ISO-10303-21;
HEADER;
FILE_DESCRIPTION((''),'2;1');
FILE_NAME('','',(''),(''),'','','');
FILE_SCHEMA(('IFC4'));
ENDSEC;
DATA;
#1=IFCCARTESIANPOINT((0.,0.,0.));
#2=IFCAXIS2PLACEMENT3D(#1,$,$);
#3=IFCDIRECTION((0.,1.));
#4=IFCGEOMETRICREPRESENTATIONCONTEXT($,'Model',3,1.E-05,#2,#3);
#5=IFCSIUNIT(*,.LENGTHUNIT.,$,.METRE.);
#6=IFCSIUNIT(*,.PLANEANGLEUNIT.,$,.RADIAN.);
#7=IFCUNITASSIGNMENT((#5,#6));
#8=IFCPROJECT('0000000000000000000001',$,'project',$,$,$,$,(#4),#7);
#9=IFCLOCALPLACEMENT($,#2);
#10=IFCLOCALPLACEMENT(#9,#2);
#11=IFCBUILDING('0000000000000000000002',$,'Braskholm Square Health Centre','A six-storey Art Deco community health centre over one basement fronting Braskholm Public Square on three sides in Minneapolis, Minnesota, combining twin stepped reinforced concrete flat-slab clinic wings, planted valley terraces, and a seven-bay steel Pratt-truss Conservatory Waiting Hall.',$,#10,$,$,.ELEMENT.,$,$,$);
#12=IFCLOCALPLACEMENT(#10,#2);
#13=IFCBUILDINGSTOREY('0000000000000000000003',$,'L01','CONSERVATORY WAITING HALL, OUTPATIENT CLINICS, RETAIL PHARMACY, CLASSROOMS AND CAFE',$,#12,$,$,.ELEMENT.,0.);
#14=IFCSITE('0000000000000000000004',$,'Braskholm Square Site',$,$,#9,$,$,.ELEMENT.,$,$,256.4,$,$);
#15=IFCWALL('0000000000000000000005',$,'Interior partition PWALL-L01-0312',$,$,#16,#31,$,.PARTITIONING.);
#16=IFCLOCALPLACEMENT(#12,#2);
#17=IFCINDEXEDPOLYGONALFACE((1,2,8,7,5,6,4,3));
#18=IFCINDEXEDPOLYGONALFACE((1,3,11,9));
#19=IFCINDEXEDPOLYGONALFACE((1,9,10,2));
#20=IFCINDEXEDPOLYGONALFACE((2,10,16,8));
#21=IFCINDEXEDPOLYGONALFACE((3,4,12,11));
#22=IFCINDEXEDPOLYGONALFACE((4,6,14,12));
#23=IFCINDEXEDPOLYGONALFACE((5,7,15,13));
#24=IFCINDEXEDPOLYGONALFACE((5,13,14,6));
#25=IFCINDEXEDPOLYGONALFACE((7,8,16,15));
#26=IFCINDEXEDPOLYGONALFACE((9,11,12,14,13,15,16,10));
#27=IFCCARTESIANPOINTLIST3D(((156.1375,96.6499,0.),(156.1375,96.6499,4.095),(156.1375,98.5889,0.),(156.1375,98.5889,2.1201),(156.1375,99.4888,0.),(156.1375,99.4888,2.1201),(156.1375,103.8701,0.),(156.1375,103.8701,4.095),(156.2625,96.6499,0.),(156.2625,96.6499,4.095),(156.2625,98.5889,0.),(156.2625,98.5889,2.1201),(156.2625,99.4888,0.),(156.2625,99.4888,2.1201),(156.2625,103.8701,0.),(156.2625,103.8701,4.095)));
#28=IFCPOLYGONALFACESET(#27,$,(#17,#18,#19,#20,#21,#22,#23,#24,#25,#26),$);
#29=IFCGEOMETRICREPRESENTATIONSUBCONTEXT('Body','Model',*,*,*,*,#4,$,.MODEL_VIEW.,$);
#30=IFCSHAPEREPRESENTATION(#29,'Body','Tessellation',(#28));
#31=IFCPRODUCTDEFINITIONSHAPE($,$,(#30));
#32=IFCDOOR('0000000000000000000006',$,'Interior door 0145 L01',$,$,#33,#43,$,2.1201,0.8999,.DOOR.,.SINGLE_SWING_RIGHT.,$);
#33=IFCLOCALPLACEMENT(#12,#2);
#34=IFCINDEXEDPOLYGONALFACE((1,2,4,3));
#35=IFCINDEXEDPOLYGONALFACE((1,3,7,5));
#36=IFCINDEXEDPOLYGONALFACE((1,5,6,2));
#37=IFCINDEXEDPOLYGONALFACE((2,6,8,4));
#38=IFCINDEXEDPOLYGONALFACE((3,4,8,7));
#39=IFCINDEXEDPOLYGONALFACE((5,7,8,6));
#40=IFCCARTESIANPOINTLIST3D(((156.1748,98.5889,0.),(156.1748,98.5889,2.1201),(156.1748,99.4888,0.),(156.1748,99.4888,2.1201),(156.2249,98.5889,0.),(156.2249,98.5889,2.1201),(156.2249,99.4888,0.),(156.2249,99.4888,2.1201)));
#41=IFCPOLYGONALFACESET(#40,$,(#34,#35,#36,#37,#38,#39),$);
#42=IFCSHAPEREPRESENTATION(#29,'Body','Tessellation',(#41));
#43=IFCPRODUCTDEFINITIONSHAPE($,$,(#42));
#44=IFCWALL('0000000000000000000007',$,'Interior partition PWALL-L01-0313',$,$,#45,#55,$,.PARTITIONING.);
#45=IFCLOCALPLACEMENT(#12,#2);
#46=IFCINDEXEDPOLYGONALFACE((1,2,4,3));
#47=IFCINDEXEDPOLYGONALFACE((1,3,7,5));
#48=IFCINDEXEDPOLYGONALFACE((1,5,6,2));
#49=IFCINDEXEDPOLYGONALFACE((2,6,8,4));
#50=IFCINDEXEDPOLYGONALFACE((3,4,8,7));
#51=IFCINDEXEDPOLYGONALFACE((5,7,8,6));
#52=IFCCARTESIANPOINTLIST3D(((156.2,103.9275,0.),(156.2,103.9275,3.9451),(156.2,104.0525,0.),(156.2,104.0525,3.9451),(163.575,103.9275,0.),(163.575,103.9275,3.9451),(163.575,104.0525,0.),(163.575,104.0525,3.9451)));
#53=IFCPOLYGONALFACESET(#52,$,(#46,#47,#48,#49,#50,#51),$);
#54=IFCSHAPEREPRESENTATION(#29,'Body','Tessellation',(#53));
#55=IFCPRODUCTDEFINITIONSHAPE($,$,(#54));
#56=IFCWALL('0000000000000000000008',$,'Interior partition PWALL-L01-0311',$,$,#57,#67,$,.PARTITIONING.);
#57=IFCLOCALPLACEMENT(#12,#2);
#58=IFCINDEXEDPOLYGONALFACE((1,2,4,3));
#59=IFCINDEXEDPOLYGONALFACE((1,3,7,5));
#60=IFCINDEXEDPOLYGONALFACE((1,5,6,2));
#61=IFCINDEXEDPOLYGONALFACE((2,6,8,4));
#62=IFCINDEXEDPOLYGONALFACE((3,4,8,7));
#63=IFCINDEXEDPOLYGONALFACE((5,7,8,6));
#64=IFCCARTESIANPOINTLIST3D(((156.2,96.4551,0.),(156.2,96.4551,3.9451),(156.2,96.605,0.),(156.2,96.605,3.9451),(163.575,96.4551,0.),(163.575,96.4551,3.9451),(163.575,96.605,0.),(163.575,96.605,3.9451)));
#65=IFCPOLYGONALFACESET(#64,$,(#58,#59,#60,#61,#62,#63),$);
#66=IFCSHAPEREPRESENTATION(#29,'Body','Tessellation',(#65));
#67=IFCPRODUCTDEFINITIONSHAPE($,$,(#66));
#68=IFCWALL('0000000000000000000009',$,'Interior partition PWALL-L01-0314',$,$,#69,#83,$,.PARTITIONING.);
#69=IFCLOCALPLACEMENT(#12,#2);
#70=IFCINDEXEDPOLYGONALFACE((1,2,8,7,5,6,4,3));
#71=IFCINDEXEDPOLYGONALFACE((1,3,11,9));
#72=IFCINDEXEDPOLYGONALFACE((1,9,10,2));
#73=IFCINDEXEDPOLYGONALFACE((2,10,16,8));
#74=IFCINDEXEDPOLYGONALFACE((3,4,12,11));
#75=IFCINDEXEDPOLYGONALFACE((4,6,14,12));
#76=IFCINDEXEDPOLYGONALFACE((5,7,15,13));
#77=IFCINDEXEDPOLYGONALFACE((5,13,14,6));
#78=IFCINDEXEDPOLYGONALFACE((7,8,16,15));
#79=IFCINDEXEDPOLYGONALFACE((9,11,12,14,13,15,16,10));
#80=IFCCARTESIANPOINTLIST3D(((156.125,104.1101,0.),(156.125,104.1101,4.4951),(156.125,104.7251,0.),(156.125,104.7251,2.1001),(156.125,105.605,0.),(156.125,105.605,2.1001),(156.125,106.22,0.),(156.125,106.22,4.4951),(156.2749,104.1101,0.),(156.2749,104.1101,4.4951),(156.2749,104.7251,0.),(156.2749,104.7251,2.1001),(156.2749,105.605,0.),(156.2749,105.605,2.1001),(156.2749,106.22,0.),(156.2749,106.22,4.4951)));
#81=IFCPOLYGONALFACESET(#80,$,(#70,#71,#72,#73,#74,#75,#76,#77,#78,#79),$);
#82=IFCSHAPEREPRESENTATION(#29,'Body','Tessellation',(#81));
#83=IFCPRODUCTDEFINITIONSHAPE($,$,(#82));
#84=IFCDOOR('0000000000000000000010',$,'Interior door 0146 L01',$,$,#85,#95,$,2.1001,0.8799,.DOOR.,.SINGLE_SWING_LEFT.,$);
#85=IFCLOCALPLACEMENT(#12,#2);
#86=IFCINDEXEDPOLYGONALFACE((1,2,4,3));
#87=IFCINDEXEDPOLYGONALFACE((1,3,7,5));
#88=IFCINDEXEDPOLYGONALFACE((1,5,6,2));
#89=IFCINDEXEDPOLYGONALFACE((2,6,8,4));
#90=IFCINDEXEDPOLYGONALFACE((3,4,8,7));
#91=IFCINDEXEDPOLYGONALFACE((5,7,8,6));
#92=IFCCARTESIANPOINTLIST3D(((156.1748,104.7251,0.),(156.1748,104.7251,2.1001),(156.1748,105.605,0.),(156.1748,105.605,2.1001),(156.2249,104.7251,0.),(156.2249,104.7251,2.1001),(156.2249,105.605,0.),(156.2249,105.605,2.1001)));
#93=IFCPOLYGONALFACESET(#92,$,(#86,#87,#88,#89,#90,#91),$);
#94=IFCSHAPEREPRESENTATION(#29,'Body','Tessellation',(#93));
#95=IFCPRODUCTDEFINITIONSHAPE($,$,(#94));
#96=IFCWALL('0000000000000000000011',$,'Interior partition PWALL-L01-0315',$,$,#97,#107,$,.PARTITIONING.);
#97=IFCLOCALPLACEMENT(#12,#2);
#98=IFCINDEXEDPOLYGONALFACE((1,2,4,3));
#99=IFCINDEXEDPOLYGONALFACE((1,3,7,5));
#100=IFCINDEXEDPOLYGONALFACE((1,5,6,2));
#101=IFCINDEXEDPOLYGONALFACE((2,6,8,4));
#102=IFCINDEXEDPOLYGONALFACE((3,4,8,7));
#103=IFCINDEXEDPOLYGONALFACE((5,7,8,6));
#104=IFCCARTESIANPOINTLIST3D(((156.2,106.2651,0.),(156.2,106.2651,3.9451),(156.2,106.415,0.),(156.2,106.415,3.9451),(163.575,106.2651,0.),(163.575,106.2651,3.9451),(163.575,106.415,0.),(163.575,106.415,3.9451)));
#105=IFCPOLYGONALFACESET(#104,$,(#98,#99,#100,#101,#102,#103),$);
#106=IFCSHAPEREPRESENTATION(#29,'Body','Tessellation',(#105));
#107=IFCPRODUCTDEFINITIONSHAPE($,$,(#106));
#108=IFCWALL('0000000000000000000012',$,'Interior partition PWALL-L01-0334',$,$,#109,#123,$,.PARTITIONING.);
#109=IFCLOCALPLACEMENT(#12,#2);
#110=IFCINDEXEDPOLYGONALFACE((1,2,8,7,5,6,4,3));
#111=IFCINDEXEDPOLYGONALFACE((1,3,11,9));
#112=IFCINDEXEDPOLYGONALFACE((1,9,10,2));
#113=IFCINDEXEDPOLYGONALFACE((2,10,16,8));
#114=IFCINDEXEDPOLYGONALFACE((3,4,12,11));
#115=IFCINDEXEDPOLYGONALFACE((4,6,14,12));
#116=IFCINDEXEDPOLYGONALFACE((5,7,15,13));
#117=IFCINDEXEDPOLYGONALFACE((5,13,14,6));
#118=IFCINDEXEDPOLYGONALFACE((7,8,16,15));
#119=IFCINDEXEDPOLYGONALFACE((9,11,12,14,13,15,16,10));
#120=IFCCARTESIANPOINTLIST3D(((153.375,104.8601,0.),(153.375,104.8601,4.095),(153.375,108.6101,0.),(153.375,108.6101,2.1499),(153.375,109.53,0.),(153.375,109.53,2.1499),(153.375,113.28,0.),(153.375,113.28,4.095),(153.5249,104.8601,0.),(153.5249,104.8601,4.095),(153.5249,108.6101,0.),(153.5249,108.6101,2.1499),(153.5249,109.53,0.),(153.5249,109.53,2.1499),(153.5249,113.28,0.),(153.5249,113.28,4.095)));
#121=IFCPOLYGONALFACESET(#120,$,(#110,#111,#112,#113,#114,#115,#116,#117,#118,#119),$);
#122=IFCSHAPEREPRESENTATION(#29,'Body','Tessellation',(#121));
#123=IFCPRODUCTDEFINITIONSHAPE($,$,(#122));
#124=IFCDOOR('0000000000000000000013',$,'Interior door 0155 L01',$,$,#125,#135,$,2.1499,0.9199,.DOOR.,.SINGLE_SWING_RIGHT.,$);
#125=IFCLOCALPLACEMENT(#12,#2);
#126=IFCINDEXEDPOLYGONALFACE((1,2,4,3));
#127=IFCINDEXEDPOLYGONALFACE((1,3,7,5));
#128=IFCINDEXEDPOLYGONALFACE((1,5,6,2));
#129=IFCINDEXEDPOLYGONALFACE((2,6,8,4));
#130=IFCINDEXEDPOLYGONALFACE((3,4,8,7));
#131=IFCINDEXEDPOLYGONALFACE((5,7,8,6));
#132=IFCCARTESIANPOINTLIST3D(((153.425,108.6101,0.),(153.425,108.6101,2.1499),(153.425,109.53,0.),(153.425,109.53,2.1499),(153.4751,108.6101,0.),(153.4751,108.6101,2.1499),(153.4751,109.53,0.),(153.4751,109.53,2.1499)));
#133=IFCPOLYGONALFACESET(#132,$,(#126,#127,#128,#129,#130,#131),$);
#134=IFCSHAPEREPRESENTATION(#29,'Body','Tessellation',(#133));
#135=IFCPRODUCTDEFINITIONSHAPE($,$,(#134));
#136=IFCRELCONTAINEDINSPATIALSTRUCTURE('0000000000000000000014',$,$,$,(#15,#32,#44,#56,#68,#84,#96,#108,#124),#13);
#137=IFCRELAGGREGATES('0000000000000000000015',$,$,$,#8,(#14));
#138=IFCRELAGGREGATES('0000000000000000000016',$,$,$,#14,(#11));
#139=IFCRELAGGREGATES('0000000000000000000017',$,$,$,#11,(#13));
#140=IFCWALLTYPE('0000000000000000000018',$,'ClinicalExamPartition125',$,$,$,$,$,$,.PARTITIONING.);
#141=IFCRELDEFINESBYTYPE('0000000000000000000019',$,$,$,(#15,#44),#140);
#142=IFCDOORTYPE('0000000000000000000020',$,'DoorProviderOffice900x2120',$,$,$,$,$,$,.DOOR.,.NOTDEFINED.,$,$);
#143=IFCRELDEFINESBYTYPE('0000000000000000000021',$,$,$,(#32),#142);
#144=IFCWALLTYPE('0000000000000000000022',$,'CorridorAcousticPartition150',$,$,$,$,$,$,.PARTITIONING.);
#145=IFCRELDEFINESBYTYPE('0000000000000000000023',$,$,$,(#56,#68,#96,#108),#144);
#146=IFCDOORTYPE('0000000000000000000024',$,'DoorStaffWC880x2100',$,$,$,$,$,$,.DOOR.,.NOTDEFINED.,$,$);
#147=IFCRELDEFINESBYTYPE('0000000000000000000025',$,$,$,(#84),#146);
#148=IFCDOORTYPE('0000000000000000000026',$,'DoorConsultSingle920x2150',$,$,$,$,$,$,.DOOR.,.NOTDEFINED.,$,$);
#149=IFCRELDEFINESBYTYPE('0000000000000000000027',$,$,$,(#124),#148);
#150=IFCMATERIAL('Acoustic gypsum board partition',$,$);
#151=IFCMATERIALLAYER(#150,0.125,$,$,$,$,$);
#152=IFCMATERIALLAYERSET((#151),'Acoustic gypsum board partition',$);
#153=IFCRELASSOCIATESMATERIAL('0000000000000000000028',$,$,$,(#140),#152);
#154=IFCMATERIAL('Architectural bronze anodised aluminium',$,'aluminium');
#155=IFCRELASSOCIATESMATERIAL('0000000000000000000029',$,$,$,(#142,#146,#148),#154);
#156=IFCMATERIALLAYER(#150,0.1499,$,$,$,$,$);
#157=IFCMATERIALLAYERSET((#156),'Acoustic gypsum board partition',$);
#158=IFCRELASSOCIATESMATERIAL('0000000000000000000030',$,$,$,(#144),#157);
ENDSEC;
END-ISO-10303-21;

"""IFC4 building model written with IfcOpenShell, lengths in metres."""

from ifc_helpers import new_model, si_unit, direction, frame, frame_2d, origin, origin_with_axes, place, context, subcontext, project, spatial, rectangle, extrude, material, layer, layer_set, type_object, element, fill, save


model = new_model("IFC4")

# Units and contexts
model_context = context("Model", 3, precision=1e-05, world=origin(), true_north=direction((0.0, 1.0)))
body_context = subcontext(model_context, "Body", "Model", "MODEL_VIEW")
ifc_project = project(units=[si_unit("LENGTHUNIT", "METRE"), si_unit("PLANEANGLEUNIT", "RADIAN")], contexts=[model_context])

# Site, building, storey
site_placement = place(None, origin())
site = spatial("IfcSite", under=ifc_project, at=site_placement, Name="Braskholm Square Site", CompositionType="ELEMENT", RefElevation=256.4)
building_placement = place(site_placement, origin())
building = spatial("IfcBuilding", under=site, at=building_placement, Name="Braskholm Square Health Centre", Description="A six-storey Art Deco community health centre over one basement fronting Braskholm Public Square on three sides in Minneapolis, Minnesota, combining twin stepped reinforced concrete flat-slab clinic wings, planted valley terraces, and a seven-bay steel Pratt-truss Conservatory Waiting Hall.", CompositionType="ELEMENT")
storey_placement = place(building_placement, origin())
storey = spatial("IfcBuildingStorey", under=building, at=storey_placement, Name="L01", Description="CONSERVATORY WAITING HALL, OUTPATIENT CLINICS, RETAIL PHARMACY, CLASSROOMS AND CAFE", CompositionType="ELEMENT", Elevation=0.0)

# Wall, opening, door
ifc_material_1 = material(Name="Acoustic gypsum board partition")
ifc_layer_1 = layer(ifc_material_1, 0.125)
ifc_layer_set_1 = layer_set([ifc_layer_1], Name="Acoustic gypsum board partition")
wall_type_1 = type_object("IfcWallType", Name="ClinicalExamPartition125", PredefinedType="PARTITIONING", material=ifc_layer_set_1)
wall_1_placement = place(storey_placement, frame((156.2, 96.6499, 0.0), z_axis=(0.0, 0.0, 1.0), x_axis=(0.0, 1.0, 0.0)))
wall_1 = element("IfcWall", 1, at=wall_1_placement, inside=storey, type_object=wall_type_1, Name="Interior partition PWALL-L01-0312", PredefinedType="PARTITIONING", context=body_context, shape_type="SweptSolid", body=[
    extrude(rectangle(XDim=7.2202, YDim=0.125, at=frame_2d((3.6101, 0.0))), origin(), (0.0, 0.0, 1.0), 4.095),
])
opening_1_placement = place(wall_1_placement, frame((1.939, 0.0, 0.0)))
opening_1 = element("IfcOpeningElement", 2, at=opening_1_placement, cuts=wall_1, PredefinedType="OPENING", context=body_context, shape_type="SweptSolid", body=[
    extrude(rectangle(XDim=0.8999, YDim=2.1201, at=frame_2d((0.45, 1.0601))), frame((0.0, 0.0725, 0.0), z_axis=(0.0, -1.0, 0.0), x_axis=(1.0, 0.0, 0.0)), (0.0, 0.0, 1.0), 0.145),
])
ifc_material_2 = material(Name="Architectural bronze anodised aluminium", Category="aluminium")
door_type_1 = type_object("IfcDoorType", Name="DoorProviderOffice900x2120", OperationType="NOTDEFINED", PredefinedType="DOOR", material=ifc_material_2)
door_1_placement = place(opening_1_placement, frame((0.8999, 0.0, 0.0), z_axis=(0.0, 0.0, 1.0), x_axis=(-1.0, 0.0, 0.0)))
door_1 = element("IfcDoor", 3, at=door_1_placement, inside=storey, type_object=door_type_1, Name="Interior door 0145 L01", OperationType="SINGLE_SWING_RIGHT", OverallHeight=2.1201, OverallWidth=0.8999, PredefinedType="DOOR", context=body_context, shape_type="SweptSolid", body=[
    extrude(rectangle(XDim=0.8999, YDim=2.1201, at=frame_2d((0.45, 1.0601))), frame((0.0, 0.0249, 0.0), z_axis=(0.0, -1.0, 0.0), x_axis=(1.0, 0.0, 0.0)), (0.0, 0.0, 1.0), 0.05),
])
fill(opening_1, door_1)

# Walls
wall_2_placement = place(storey_placement, frame((156.2, 103.99, 0.0), z_axis=(0.0, 0.0, 1.0), x_axis=(1.0, 0.0, 0.0)))
element("IfcWall", 4, at=wall_2_placement, inside=storey, type_object=wall_type_1, Name="Interior partition PWALL-L01-0313", PredefinedType="PARTITIONING", context=body_context, shape_type="SweptSolid", body=[
    extrude(rectangle(XDim=7.375, YDim=0.125, at=frame_2d((3.6875, 0.0))), origin(), (0.0, 0.0, 1.0), 3.9451),
])
ifc_layer_2 = layer(ifc_material_1, 0.1499)
ifc_layer_set_2 = layer_set([ifc_layer_2], Name="Acoustic gypsum board partition")
wall_type_2 = type_object("IfcWallType", Name="CorridorAcousticPartition150", PredefinedType="PARTITIONING", material=ifc_layer_set_2)
wall_3_placement = place(storey_placement, frame((156.2, 96.53, 0.0), z_axis=(0.0, 0.0, 1.0), x_axis=(1.0, 0.0, 0.0)))
element("IfcWall", 5, at=wall_3_placement, inside=storey, type_object=wall_type_2, Name="Interior partition PWALL-L01-0311", PredefinedType="PARTITIONING", context=body_context, shape_type="SweptSolid", body=[
    extrude(rectangle(XDim=7.375, YDim=0.1499, at=frame_2d((3.6875, 0.0))), origin(), (0.0, 0.0, 1.0), 3.9451),
])

# Wall, opening, door
wall_4_placement = place(storey_placement, frame((156.2, 104.1101, 0.0), z_axis=(0.0, 0.0, 1.0), x_axis=(0.0, 1.0, 0.0)))
wall_4 = element("IfcWall", 6, at=wall_4_placement, inside=storey, type_object=wall_type_2, Name="Interior partition PWALL-L01-0314", PredefinedType="PARTITIONING", context=body_context, shape_type="SweptSolid", body=[
    extrude(rectangle(XDim=2.1099, YDim=0.1499, at=frame_2d((1.0549, 0.0))), origin(), (0.0, 0.0, 1.0), 4.4951),
])
opening_2_placement = place(wall_4_placement, frame((0.615, 0.0, 0.0)))
opening_2 = element("IfcOpeningElement", 7, at=opening_2_placement, cuts=wall_4, PredefinedType="OPENING", context=body_context, shape_type="SweptSolid", body=[
    extrude(rectangle(XDim=0.8799, YDim=2.1001, at=frame_2d((0.4399, 1.05))), frame((0.0, 0.085, 0.0), z_axis=(0.0, -1.0, 0.0), x_axis=(1.0, 0.0, 0.0)), (0.0, 0.0, 1.0), 0.1699),
])
door_type_2 = type_object("IfcDoorType", Name="DoorStaffWC880x2100", OperationType="NOTDEFINED", PredefinedType="DOOR", material=ifc_material_2)
door_2_placement = place(opening_2_placement, frame((0.8799, 0.0, 0.0), z_axis=(0.0, 0.0, 1.0), x_axis=(-1.0, 0.0, 0.0)))
door_2 = element("IfcDoor", 8, at=door_2_placement, inside=storey, type_object=door_type_2, Name="Interior door 0146 L01", OperationType="SINGLE_SWING_LEFT", OverallHeight=2.1001, OverallWidth=0.8799, PredefinedType="DOOR", context=body_context, shape_type="SweptSolid", body=[
    extrude(rectangle(XDim=0.8799, YDim=2.1001, at=frame_2d((0.4399, 1.05))), frame((0.0, 0.0249, 0.0), z_axis=(0.0, -1.0, 0.0), x_axis=(1.0, 0.0, 0.0)), (0.0, 0.0, 1.0), 0.05),
])
fill(opening_2, door_2)

# Wall
wall_5_placement = place(storey_placement, frame((156.2, 106.3401, 0.0), z_axis=(0.0, 0.0, 1.0), x_axis=(1.0, 0.0, 0.0)))
element("IfcWall", 9, at=wall_5_placement, inside=storey, type_object=wall_type_2, Name="Interior partition PWALL-L01-0315", PredefinedType="PARTITIONING", context=body_context, shape_type="SweptSolid", body=[
    extrude(rectangle(XDim=7.375, YDim=0.1499, at=frame_2d((3.6875, 0.0))), origin(), (0.0, 0.0, 1.0), 3.9451),
])

# Wall, opening, door
wall_6_placement = place(storey_placement, frame((153.45, 104.8601, 0.0), z_axis=(0.0, 0.0, 1.0), x_axis=(0.0, 1.0, 0.0)))
wall_6 = element("IfcWall", 10, at=wall_6_placement, inside=storey, type_object=wall_type_2, Name="Interior partition PWALL-L01-0334", PredefinedType="PARTITIONING", context=body_context, shape_type="SweptSolid", body=[
    extrude(rectangle(XDim=8.4199, YDim=0.1499, at=frame_2d((4.21, 0.0))), origin(), (0.0, 0.0, 1.0), 4.095),
])
opening_3_placement = place(wall_6_placement, frame((3.75, 0.0, 0.0)))
opening_3 = element("IfcOpeningElement", 11, at=opening_3_placement, cuts=wall_6, PredefinedType="OPENING", context=body_context, shape_type="SweptSolid", body=[
    extrude(rectangle(XDim=0.9199, YDim=2.1499, at=frame_2d((0.46, 1.075))), frame((0.0, 0.085, 0.0), z_axis=(0.0, -1.0, 0.0), x_axis=(1.0, 0.0, 0.0)), (0.0, 0.0, 1.0), 0.1699),
])
door_type_3 = type_object("IfcDoorType", Name="DoorConsultSingle920x2150", OperationType="NOTDEFINED", PredefinedType="DOOR", material=ifc_material_2)
door_3_placement = place(opening_3_placement, origin_with_axes())
door_3 = element("IfcDoor", 12, at=door_3_placement, inside=storey, type_object=door_type_3, Name="Interior door 0155 L01", OperationType="SINGLE_SWING_RIGHT", OverallHeight=2.1499, OverallWidth=0.9199, PredefinedType="DOOR", context=body_context, shape_type="SweptSolid", body=[
    extrude(rectangle(XDim=0.9199, YDim=2.1499, at=frame_2d((0.46, 1.075))), frame((0.0, 0.0249, 0.0), z_axis=(0.0, -1.0, 0.0), x_axis=(1.0, 0.0, 0.0)), (0.0, 0.0, 1.0), 0.05),
])
fill(opening_3, door_3)

save(model, "model.ifc")
